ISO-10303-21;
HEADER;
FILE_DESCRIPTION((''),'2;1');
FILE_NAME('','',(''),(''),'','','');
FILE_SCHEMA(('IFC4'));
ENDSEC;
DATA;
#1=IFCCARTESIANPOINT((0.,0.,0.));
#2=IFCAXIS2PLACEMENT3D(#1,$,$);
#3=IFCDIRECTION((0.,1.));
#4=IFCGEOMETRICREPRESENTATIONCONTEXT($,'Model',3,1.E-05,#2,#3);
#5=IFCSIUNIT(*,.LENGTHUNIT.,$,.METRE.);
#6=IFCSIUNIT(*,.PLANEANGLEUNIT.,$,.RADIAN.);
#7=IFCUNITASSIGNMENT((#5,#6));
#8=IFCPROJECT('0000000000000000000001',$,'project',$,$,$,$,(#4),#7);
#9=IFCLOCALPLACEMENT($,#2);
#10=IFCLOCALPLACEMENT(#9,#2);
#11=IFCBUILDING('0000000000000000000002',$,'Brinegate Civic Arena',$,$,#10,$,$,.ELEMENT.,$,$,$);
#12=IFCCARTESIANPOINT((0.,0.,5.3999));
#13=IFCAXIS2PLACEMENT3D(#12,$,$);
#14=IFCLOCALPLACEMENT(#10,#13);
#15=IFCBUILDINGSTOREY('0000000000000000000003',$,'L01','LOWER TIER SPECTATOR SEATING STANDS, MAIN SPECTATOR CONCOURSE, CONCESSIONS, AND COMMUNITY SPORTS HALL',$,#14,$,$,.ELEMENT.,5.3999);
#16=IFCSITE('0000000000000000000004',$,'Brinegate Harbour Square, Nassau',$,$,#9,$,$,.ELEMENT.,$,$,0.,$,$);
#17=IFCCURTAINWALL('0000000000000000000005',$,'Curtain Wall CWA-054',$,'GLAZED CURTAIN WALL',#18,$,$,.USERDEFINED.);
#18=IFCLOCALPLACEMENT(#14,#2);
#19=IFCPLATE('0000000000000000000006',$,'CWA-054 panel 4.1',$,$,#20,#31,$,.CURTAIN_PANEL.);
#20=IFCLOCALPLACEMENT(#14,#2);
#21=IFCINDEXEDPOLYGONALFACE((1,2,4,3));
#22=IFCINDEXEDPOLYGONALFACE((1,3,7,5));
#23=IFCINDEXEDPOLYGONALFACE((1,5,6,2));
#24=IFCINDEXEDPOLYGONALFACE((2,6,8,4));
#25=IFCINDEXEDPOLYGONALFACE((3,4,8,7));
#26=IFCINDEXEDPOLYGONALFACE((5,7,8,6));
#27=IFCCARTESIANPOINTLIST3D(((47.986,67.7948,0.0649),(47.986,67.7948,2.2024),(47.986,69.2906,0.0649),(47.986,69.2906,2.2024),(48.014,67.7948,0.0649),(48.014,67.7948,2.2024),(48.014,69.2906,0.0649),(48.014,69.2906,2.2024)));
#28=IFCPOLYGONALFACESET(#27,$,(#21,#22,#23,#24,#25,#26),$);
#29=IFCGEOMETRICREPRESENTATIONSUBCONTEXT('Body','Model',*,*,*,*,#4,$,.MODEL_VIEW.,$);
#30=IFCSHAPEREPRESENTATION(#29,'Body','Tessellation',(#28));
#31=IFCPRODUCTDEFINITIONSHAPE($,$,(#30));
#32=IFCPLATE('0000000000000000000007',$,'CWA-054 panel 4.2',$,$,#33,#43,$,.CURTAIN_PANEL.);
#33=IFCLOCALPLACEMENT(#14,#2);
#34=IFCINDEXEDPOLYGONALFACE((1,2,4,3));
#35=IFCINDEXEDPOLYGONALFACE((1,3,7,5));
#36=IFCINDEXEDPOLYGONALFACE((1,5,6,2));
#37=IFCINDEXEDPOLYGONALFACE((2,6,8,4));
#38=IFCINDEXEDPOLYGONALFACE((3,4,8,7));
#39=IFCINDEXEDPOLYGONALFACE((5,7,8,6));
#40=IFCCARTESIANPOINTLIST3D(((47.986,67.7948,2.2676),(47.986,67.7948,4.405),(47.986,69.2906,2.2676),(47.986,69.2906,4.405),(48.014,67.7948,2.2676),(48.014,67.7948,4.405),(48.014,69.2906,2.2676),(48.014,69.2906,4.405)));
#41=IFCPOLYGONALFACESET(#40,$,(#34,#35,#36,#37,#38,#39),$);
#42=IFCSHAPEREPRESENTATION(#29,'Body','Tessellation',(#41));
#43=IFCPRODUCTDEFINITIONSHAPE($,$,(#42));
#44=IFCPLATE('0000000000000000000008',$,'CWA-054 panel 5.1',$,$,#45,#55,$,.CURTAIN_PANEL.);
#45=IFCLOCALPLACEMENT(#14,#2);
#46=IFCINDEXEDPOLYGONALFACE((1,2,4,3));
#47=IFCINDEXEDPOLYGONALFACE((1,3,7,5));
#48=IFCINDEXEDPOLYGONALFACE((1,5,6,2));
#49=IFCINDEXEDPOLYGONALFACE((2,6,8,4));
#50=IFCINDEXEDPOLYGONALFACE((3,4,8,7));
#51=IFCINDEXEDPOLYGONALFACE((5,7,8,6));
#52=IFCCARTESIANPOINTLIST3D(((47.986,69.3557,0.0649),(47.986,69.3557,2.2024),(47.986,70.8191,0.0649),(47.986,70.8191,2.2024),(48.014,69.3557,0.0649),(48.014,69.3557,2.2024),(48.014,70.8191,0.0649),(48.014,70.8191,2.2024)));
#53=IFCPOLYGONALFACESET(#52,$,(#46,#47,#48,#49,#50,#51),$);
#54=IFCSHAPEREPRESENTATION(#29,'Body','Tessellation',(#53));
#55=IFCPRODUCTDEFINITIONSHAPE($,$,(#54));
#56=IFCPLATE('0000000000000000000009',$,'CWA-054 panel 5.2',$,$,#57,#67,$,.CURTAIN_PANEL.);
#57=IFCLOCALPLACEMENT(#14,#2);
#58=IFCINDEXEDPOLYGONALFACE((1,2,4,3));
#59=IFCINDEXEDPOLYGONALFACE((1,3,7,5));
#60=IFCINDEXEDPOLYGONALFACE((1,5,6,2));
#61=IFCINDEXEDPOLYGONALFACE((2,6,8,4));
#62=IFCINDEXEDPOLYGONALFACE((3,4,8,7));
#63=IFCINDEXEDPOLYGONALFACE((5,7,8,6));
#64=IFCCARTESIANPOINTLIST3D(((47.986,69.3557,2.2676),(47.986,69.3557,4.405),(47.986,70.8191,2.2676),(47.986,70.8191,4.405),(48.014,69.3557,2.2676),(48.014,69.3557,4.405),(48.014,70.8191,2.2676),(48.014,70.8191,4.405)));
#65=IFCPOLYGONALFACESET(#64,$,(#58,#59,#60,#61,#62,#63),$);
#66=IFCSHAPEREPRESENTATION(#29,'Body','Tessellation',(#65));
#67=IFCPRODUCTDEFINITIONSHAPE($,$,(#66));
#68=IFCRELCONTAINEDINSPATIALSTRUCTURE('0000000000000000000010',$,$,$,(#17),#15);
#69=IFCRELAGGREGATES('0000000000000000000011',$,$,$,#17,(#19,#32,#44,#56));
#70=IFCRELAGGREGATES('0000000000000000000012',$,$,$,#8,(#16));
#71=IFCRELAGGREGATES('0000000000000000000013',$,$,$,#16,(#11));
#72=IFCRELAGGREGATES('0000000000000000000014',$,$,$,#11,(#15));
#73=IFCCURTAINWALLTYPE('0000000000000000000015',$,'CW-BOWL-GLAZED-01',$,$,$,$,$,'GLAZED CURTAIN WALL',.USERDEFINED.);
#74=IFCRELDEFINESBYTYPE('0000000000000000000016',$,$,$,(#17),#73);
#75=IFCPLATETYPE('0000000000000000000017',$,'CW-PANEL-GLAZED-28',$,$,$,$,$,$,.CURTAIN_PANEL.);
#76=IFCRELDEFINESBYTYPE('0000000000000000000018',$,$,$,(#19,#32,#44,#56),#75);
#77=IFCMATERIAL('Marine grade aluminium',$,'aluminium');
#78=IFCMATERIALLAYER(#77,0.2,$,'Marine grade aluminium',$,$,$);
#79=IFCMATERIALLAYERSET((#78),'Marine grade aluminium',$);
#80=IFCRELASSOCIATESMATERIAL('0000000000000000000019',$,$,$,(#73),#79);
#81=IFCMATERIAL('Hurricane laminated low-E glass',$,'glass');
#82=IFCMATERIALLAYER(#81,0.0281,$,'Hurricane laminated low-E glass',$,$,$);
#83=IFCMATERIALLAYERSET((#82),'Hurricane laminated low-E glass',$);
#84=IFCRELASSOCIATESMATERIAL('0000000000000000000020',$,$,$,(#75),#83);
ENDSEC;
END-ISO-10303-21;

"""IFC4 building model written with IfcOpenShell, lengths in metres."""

from ifc_helpers import new_model, si_unit, direction, frame, origin, origin_2d, place, context, subcontext, project, spatial, rectangle, extrude, material, layer, layer_set, type_object, element, aggregate, save


model = new_model("IFC4")

# Units and contexts
model_context = context("Model", 3, precision=1e-05, world=origin(), true_north=direction((0.0, 1.0)))
body_context = subcontext(model_context, "Body", "Model", "MODEL_VIEW")
ifc_project = project(units=[si_unit("LENGTHUNIT", "METRE"), si_unit("PLANEANGLEUNIT", "RADIAN")], contexts=[model_context])

# Site, building, storey
site_placement = place(None, origin())
site = spatial("IfcSite", under=ifc_project, at=site_placement, Name="Brinegate Harbour Square, Nassau", CompositionType="ELEMENT", RefElevation=0.0)
building_placement = place(site_placement, origin())
building = spatial("IfcBuilding", under=site, at=building_placement, Name="Brinegate Civic Arena", CompositionType="ELEMENT")
storey_placement = place(building_placement, frame((0.0, 0.0, 5.3999)))
storey = spatial("IfcBuildingStorey", under=building, at=storey_placement, Name="L01", Description="LOWER TIER SPECTATOR SEATING STANDS, MAIN SPECTATOR CONCOURSE, CONCESSIONS, AND COMMUNITY SPORTS HALL", CompositionType="ELEMENT", Elevation=5.3999)

# Curtain wall, plates
ifc_material_1 = material(Name="Marine grade aluminium", Category="aluminium")
ifc_layer_1 = layer(ifc_material_1, 0.2, Name="Marine grade aluminium")
ifc_layer_set_1 = layer_set([ifc_layer_1], Name="Marine grade aluminium")
curtain_wall_type = type_object("IfcCurtainWallType", Name="CW-BOWL-GLAZED-01", ElementType="GLAZED CURTAIN WALL", PredefinedType="USERDEFINED", material=ifc_layer_set_1)
curtain_wall_placement = place(storey_placement, origin())
curtain_wall = element("IfcCurtainWall", 1, at=curtain_wall_placement, inside=storey, type_object=curtain_wall_type, Name="Curtain Wall CWA-054", ObjectType="GLAZED CURTAIN WALL", PredefinedType="USERDEFINED")
ifc_material_2 = material(Name="Hurricane laminated low-E glass", Category="glass")
ifc_layer_2 = layer(ifc_material_2, 0.0281, Name="Hurricane laminated low-E glass")
ifc_layer_set_2 = layer_set([ifc_layer_2], Name="Hurricane laminated low-E glass")
plate_type = type_object("IfcPlateType", Name="CW-PANEL-GLAZED-28", PredefinedType="CURTAIN_PANEL", material=ifc_layer_set_2)
plate_1_placement = place(storey_placement, frame((48.0, 68.5427, 0.0649), z_axis=(0.0, 0.0, 1.0), x_axis=(0.0, 1.0, 0.0)))
plate_1 = element("IfcPlate", 2, at=plate_1_placement, type_object=plate_type, Name="CWA-054 panel 4.1", PredefinedType="CURTAIN_PANEL", context=body_context, shape_type="SweptSolid", body=[
    extrude(rectangle(XDim=1.4958, YDim=0.0281, at=origin_2d()), origin(), (0.0, 0.0, 1.0), 2.1375),
])
plate_2_placement = place(storey_placement, frame((48.0, 68.5427, 2.2676), z_axis=(0.0, 0.0, 1.0), x_axis=(0.0, 1.0, 0.0)))
plate_2 = element("IfcPlate", 3, at=plate_2_placement, type_object=plate_type, Name="CWA-054 panel 4.2", PredefinedType="CURTAIN_PANEL", context=body_context, shape_type="SweptSolid", body=[
    extrude(rectangle(XDim=1.4958, YDim=0.0281, at=origin_2d()), origin(), (0.0, 0.0, 1.0), 2.1375),
])
plate_3_placement = place(storey_placement, frame((48.0, 70.0874, 0.0649), z_axis=(0.0, 0.0, 1.0), x_axis=(0.0, 1.0, 0.0)))
plate_3 = element("IfcPlate", 4, at=plate_3_placement, type_object=plate_type, Name="CWA-054 panel 5.1", PredefinedType="CURTAIN_PANEL", context=body_context, shape_type="SweptSolid", body=[
    extrude(rectangle(XDim=1.4634, YDim=0.0281, at=origin_2d()), origin(), (0.0, 0.0, 1.0), 2.1375),
])
plate_4_placement = place(storey_placement, frame((48.0, 70.0874, 2.2676), z_axis=(0.0, 0.0, 1.0), x_axis=(0.0, 1.0, 0.0)))
plate_4 = element("IfcPlate", 5, at=plate_4_placement, type_object=plate_type, Name="CWA-054 panel 5.2", PredefinedType="CURTAIN_PANEL", context=body_context, shape_type="SweptSolid", body=[
    extrude(rectangle(XDim=1.4634, YDim=0.0281, at=origin_2d()), origin(), (0.0, 0.0, 1.0), 2.1375),
])
aggregate(curtain_wall, [plate_1, plate_2, plate_3, plate_4])

save(model, "model.ifc")
